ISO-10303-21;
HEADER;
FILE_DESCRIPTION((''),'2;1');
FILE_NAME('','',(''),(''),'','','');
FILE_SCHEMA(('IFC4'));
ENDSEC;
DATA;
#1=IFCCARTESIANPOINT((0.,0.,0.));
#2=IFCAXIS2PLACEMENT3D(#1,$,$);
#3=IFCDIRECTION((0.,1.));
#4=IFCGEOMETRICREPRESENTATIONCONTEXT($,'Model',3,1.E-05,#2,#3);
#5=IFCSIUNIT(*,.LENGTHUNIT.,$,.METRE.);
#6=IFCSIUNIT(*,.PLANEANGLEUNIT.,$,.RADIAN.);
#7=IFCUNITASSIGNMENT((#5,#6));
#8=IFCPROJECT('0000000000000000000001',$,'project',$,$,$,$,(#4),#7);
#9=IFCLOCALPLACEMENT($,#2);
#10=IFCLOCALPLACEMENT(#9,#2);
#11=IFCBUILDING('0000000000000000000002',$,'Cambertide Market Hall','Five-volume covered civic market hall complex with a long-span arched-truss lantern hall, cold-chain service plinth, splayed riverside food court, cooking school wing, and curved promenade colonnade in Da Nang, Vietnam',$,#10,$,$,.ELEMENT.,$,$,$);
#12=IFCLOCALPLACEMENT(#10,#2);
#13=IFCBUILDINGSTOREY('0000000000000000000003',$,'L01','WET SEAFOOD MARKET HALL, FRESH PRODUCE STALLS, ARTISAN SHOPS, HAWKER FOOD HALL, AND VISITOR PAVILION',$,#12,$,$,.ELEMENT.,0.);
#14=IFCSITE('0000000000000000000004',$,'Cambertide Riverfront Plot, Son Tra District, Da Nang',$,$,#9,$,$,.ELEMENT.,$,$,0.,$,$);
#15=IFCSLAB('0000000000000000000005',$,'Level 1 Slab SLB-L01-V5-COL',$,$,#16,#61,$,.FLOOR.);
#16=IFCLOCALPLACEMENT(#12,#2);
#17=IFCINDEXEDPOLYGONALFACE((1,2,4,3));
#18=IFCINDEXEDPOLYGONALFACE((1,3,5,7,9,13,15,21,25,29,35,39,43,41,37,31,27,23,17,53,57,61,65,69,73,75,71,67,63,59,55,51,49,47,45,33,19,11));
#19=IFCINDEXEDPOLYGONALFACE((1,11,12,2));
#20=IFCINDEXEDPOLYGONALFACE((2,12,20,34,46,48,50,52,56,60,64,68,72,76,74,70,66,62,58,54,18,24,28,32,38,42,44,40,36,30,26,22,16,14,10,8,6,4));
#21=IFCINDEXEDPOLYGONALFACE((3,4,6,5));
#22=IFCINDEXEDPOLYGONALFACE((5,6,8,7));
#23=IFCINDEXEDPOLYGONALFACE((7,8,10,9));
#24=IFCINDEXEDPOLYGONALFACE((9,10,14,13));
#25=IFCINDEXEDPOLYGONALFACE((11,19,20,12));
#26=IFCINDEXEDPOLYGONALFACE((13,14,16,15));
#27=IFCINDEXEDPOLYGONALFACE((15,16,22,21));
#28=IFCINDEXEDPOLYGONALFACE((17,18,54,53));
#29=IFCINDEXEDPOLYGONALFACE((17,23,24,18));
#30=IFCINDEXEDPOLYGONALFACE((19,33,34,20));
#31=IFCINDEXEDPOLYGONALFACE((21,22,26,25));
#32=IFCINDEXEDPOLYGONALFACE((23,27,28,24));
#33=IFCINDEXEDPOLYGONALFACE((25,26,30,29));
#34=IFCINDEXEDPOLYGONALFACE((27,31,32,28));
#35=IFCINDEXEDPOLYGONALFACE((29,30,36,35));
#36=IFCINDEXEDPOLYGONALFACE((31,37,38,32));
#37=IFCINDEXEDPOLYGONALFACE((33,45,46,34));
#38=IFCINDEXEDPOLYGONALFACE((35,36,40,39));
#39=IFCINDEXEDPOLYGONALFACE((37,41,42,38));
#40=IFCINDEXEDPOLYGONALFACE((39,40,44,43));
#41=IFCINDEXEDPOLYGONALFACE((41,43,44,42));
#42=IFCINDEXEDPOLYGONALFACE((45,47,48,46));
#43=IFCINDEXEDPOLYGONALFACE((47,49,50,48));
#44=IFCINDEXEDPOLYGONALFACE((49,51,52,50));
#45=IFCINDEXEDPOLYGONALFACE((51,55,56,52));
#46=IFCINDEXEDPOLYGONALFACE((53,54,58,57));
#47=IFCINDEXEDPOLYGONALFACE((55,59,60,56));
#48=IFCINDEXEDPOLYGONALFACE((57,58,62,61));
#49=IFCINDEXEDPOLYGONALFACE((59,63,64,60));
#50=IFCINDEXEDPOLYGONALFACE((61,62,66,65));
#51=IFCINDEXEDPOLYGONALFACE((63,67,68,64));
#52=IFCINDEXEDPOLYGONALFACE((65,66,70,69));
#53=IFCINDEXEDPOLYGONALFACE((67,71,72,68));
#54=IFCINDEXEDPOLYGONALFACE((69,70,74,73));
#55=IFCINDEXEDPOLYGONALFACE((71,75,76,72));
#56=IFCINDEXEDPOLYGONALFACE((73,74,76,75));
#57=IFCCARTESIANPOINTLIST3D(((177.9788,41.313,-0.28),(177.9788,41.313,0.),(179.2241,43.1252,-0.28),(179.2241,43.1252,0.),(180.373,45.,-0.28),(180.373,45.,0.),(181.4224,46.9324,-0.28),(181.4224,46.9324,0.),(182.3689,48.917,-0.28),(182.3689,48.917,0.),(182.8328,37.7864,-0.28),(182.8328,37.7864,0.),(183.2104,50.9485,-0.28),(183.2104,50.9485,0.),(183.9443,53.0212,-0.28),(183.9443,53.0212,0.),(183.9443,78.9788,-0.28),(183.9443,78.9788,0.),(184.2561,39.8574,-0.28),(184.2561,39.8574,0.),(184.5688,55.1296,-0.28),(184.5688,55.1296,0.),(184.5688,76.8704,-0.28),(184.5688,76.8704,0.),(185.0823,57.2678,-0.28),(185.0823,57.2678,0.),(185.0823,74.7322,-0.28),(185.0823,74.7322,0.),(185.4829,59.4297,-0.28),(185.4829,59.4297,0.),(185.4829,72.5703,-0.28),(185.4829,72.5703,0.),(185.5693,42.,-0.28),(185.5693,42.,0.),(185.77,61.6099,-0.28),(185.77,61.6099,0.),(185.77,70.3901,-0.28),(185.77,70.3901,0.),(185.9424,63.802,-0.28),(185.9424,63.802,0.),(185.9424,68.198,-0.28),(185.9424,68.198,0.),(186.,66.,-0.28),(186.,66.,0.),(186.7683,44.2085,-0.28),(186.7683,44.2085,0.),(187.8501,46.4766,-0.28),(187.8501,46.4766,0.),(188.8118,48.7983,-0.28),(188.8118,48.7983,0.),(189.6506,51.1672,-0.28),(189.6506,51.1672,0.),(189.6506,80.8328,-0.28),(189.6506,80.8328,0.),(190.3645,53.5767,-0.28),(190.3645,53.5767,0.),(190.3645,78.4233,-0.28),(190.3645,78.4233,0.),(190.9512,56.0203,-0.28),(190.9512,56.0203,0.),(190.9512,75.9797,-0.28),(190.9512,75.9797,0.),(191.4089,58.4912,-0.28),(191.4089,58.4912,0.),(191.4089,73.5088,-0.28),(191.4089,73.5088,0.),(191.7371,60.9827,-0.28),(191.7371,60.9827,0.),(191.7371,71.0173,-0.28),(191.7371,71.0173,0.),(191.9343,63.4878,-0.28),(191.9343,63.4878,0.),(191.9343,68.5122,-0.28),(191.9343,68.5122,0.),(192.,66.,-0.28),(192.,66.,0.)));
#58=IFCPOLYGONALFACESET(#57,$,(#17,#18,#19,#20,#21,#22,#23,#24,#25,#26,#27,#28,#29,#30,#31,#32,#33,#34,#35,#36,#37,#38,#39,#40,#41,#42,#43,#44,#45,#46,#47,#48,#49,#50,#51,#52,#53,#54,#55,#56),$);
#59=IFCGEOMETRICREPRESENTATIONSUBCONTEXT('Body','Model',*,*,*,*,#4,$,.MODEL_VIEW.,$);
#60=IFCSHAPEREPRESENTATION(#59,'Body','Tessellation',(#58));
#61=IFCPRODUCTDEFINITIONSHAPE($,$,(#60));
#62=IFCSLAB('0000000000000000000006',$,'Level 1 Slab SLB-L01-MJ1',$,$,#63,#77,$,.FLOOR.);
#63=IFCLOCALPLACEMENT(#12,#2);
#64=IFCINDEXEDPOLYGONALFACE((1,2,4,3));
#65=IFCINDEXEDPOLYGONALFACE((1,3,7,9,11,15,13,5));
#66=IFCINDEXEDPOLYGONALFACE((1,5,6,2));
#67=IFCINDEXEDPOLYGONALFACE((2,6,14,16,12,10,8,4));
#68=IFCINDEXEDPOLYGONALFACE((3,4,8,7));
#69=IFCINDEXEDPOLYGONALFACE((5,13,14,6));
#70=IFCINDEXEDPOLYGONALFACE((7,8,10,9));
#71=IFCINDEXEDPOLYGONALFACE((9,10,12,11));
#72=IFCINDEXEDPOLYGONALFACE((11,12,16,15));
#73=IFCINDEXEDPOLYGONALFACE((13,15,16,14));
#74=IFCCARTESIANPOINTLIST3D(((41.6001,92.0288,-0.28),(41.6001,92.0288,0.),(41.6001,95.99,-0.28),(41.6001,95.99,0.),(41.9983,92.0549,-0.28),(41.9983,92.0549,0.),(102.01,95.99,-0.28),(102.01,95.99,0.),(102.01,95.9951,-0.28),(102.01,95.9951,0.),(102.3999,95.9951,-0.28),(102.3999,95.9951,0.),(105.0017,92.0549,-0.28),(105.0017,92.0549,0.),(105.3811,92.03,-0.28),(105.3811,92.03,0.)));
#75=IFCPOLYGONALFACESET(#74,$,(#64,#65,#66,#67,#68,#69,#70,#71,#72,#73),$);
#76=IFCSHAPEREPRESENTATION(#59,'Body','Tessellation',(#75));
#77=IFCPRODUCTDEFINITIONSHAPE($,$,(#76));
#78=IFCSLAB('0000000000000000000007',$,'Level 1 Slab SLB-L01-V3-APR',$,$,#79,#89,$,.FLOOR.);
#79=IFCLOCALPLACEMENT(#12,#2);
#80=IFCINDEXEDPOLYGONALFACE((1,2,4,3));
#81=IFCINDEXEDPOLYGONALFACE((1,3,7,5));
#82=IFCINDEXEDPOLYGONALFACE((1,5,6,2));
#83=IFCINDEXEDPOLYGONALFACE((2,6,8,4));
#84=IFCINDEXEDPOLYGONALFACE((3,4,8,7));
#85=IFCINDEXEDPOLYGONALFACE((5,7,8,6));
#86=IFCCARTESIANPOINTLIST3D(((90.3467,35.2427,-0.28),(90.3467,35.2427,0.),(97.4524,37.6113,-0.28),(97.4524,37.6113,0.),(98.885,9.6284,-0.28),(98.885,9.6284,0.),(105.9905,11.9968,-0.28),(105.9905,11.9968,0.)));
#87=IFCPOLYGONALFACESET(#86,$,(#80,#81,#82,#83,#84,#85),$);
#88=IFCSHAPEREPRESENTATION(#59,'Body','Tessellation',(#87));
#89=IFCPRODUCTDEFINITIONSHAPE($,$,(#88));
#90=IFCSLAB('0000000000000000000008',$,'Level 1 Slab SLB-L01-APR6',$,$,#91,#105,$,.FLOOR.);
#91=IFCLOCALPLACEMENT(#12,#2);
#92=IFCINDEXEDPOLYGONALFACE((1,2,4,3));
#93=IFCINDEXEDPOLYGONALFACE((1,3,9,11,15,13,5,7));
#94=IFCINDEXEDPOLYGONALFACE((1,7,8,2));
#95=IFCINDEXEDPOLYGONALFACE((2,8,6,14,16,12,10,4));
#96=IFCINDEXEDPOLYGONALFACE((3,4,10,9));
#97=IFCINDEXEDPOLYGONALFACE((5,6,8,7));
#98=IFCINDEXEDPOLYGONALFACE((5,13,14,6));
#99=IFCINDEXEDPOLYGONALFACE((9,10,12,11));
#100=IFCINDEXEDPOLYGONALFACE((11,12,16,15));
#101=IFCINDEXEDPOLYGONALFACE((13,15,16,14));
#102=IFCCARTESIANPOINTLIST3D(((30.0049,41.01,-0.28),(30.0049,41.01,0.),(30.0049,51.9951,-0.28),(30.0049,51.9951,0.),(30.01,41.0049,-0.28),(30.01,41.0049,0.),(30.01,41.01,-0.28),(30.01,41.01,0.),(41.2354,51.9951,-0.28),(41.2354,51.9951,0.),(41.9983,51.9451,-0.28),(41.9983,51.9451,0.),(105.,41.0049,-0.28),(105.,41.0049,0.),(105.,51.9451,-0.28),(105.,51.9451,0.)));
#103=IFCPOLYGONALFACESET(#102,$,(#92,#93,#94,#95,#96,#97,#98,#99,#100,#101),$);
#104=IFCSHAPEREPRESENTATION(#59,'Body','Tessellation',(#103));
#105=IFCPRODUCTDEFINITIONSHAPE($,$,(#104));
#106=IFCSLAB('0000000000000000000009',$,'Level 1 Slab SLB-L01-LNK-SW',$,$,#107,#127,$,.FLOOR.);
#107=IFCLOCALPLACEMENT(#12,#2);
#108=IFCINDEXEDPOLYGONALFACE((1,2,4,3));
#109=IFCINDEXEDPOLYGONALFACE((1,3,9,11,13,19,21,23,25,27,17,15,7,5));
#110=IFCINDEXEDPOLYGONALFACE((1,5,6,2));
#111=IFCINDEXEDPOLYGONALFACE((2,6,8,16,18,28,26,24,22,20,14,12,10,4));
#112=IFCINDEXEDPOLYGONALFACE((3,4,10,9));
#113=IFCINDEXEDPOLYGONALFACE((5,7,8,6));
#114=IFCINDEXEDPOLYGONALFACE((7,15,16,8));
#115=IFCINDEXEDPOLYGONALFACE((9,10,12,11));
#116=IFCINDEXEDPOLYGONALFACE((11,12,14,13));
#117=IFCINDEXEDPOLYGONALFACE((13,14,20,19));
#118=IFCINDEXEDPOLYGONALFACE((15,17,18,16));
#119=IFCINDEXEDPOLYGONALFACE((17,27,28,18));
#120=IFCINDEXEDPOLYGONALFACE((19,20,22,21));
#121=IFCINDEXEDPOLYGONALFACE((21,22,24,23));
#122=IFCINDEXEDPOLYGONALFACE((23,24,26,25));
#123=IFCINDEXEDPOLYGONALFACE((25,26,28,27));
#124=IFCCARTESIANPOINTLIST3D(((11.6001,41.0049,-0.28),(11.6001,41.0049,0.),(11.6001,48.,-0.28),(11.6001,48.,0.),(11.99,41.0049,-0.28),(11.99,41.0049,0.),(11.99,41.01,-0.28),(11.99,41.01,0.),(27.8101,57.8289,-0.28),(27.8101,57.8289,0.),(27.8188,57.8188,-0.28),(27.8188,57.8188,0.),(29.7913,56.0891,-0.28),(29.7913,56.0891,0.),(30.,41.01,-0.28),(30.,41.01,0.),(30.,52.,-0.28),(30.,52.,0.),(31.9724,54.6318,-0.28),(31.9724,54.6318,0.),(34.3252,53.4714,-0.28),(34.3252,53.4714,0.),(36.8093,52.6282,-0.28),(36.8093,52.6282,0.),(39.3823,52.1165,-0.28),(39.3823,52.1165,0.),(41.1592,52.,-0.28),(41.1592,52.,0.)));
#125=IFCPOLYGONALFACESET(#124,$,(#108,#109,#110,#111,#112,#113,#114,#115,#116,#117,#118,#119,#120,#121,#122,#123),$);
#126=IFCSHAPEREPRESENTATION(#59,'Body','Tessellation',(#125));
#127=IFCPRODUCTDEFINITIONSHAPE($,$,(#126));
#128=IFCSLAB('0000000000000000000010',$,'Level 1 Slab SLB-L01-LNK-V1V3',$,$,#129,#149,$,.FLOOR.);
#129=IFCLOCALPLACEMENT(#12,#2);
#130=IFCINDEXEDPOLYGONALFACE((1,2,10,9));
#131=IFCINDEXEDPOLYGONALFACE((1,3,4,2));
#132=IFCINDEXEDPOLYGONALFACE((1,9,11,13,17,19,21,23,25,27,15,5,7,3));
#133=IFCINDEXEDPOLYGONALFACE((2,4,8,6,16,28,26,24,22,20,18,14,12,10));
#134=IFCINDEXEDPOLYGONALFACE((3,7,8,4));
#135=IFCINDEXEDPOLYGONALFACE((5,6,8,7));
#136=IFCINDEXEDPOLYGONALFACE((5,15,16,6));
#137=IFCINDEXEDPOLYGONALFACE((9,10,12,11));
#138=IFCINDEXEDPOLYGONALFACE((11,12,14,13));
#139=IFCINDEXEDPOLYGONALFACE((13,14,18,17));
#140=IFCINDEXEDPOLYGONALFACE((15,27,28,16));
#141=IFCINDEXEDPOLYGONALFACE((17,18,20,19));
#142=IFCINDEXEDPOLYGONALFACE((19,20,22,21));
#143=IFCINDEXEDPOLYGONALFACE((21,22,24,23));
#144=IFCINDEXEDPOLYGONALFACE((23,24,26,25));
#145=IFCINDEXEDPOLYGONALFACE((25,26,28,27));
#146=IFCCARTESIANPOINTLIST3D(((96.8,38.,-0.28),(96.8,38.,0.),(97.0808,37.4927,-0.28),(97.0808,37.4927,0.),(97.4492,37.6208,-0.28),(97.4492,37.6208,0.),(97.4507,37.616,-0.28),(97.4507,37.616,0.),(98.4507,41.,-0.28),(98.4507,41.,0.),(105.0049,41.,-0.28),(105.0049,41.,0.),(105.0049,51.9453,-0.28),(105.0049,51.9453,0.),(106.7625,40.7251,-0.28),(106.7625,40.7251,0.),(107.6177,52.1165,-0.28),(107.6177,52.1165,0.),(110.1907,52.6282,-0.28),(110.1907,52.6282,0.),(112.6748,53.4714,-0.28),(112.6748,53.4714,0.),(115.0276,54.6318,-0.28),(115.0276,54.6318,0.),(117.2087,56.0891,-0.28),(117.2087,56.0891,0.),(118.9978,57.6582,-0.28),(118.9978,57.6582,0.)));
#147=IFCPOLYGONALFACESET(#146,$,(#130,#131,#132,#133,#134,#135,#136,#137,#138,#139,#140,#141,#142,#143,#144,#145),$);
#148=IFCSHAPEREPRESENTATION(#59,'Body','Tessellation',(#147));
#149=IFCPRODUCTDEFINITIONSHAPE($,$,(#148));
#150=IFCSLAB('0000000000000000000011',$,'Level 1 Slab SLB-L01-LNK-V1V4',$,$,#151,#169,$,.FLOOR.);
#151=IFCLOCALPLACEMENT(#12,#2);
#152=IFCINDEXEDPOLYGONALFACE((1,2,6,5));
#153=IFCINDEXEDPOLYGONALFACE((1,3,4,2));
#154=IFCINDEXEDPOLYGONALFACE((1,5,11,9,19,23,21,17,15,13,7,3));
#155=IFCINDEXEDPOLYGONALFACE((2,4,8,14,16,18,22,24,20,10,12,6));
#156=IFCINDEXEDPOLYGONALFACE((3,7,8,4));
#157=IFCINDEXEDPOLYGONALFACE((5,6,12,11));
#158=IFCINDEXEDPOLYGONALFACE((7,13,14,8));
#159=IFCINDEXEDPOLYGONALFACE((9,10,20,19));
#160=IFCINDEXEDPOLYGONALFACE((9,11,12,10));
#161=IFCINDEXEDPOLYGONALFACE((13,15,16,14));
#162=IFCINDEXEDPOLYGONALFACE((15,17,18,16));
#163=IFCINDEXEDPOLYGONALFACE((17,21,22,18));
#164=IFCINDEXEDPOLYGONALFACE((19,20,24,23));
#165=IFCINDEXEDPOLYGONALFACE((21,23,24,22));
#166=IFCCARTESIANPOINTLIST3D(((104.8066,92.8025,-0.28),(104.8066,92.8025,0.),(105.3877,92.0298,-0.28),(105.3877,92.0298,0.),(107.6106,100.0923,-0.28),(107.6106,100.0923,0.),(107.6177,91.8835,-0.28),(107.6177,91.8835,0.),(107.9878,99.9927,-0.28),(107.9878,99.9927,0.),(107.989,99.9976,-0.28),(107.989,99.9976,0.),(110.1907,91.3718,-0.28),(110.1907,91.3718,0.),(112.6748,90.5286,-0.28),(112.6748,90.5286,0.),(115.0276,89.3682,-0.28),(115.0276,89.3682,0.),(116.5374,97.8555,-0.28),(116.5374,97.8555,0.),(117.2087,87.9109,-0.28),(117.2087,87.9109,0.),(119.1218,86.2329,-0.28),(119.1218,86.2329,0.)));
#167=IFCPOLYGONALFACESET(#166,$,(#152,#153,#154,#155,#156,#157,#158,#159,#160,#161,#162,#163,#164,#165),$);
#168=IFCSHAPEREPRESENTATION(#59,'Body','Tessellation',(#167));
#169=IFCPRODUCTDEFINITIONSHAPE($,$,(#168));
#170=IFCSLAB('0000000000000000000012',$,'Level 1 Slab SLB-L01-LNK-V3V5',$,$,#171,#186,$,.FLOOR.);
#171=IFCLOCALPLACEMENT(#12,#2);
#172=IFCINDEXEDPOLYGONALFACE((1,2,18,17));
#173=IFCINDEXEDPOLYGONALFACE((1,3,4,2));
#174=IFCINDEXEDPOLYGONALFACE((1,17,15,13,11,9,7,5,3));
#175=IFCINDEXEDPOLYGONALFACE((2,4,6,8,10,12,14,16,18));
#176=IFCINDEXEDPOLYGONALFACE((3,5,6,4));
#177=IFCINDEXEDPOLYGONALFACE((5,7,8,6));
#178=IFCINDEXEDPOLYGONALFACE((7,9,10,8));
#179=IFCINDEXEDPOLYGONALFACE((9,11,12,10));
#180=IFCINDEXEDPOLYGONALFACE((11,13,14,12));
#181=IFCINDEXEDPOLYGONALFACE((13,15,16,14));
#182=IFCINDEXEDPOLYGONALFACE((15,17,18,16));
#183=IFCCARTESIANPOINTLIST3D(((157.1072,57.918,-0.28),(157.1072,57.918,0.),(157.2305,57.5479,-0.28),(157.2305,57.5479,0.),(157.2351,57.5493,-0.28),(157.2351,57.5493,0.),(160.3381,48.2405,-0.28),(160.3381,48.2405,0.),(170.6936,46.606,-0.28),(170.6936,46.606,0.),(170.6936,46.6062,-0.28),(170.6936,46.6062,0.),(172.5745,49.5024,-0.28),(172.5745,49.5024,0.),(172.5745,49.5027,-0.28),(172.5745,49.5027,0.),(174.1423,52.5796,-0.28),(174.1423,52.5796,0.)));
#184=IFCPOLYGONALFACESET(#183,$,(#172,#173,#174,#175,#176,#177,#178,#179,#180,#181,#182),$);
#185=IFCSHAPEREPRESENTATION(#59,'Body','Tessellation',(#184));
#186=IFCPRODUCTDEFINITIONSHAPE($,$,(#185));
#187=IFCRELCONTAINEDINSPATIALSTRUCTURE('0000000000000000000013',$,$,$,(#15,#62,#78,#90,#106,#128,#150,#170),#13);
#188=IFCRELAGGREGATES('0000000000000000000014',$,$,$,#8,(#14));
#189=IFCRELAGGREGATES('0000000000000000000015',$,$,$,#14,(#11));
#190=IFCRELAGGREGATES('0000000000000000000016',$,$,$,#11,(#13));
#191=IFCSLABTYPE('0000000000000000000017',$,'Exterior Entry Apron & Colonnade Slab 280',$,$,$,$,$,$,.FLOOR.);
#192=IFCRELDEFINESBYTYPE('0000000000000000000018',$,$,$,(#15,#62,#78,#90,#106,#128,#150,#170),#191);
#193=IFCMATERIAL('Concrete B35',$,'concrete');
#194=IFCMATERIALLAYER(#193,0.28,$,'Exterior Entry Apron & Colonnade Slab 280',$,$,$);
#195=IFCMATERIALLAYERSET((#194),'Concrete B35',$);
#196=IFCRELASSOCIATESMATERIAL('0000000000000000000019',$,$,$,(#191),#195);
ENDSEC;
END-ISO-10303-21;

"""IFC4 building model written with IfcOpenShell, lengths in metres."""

from ifc_helpers import new_model, si_unit, direction, frame, origin, place, context, subcontext, project, spatial, polyline, outline, extrude, material, layer, layer_set, type_object, element, save


model = new_model("IFC4")

# Units and contexts
model_context = context("Model", 3, precision=1e-05, world=origin(), true_north=direction((0.0, 1.0)))
body_context = subcontext(model_context, "Body", "Model", "MODEL_VIEW")
ifc_project = project(units=[si_unit("LENGTHUNIT", "METRE"), si_unit("PLANEANGLEUNIT", "RADIAN")], contexts=[model_context])

# Site, building, storey
site_placement = place(None, origin())
site = spatial("IfcSite", under=ifc_project, at=site_placement, Name="Cambertide Riverfront Plot, Son Tra District, Da Nang", CompositionType="ELEMENT", RefElevation=0.0)
building_placement = place(site_placement, origin())
building = spatial("IfcBuilding", under=site, at=building_placement, Name="Cambertide Market Hall", Description="Five-volume covered civic market hall complex with a long-span arched-truss lantern hall, cold-chain service plinth, splayed riverside food court, cooking school wing, and curved promenade colonnade in Da Nang, Vietnam", CompositionType="ELEMENT")
storey_placement = place(building_placement, origin())
storey = spatial("IfcBuildingStorey", under=building, at=storey_placement, Name="L01", Description="WET SEAFOOD MARKET HALL, FRESH PRODUCE STALLS, ARTISAN SHOPS, HAWKER FOOD HALL, AND VISITOR PAVILION", CompositionType="ELEMENT", Elevation=0.0)

# Slabs
ifc_material_1 = material(Name="Concrete B35", Category="concrete")
ifc_layer_1 = layer(ifc_material_1, 0.28, Name="Exterior Entry Apron & Colonnade Slab 280")
ifc_layer_set_1 = layer_set([ifc_layer_1], Name="Concrete B35")
slab_type_1 = type_object("IfcSlabType", Name="Exterior Entry Apron & Colonnade Slab 280", PredefinedType="FLOOR", material=ifc_layer_set_1)
slab_1_placement = place(storey_placement, frame((0.0, 0.0, -0.28)))
element("IfcSlab", 1, at=slab_1_placement, inside=storey, type_object=slab_type_1, Name="Level 1 Slab SLB-L01-V5-COL", PredefinedType="FLOOR", context=body_context, shape_type="SweptSolid", body=[
    extrude(outline(polyline([(182.8328, 37.7864), (184.2561, 39.8574), (185.5693, 42.0), (186.7683, 44.2085), (187.8501, 46.4766), (188.8118, 48.7983), (189.6506, 51.1672), (190.3645, 53.5767), (190.9512, 56.0203), (191.4089, 58.4912), (191.7371, 60.9827), (191.9343, 63.4878), (192.0, 66.0), (191.9343, 68.5122), (191.7371, 71.0173), (191.4089, 73.5088), (190.9512, 75.9797), (190.3645, 78.4233), (189.6506, 80.8328), (183.9443, 78.9788), (184.5688, 76.8704), (185.0823, 74.7322), (185.4829, 72.5703), (185.77, 70.3901), (185.9424, 68.198), (186.0, 66.0), (185.9424, 63.802), (185.77, 61.6099), (185.4829, 59.4297), (185.0823, 57.2678), (184.5688, 55.1296), (183.9443, 53.0212), (183.2104, 50.9485), (182.3689, 48.917), (181.4224, 46.9324), (180.373, 45.0), (179.2241, 43.1252), (177.9788, 41.313), (182.8328, 37.7864)])), origin(), (0.0, 0.0, 1.0), 0.28),
])
slab_2_placement = place(storey_placement, frame((0.0, 0.0, -0.28)))
element("IfcSlab", 2, at=slab_2_placement, inside=storey, type_object=slab_type_1, Name="Level 1 Slab SLB-L01-MJ1", PredefinedType="FLOOR", context=body_context, shape_type="SweptSolid", body=[
    extrude(outline(polyline([(102.3999, 95.9951), (102.01, 95.9951), (102.01, 95.99), (41.6001, 95.99), (41.6001, 92.0288), (41.9983, 92.0549), (105.0017, 92.0549), (105.3811, 92.03), (102.3999, 95.9951)])), origin(), (0.0, 0.0, 1.0), 0.28),
])
slab_3_placement = place(storey_placement, frame((0.0, 0.0, -0.28)))
element("IfcSlab", 3, at=slab_3_placement, inside=storey, type_object=slab_type_1, Name="Level 1 Slab SLB-L01-V3-APR", PredefinedType="FLOOR", context=body_context, shape_type="SweptSolid", body=[
    extrude(outline(polyline([(98.885, 9.6284), (105.9905, 11.9968), (97.4524, 37.6113), (90.3467, 35.2427), (98.885, 9.6284)])), origin(), (0.0, 0.0, 1.0), 0.28),
])
slab_4_placement = place(storey_placement, frame((0.0, 0.0, -0.28)))
element("IfcSlab", 4, at=slab_4_placement, inside=storey, type_object=slab_type_1, Name="Level 1 Slab SLB-L01-APR6", PredefinedType="FLOOR", context=body_context, shape_type="SweptSolid", body=[
    extrude(outline(polyline([(105.0, 41.0049), (105.0, 51.9451), (41.9983, 51.9451), (41.2354, 51.9951), (30.0049, 51.9951), (30.0049, 41.01), (30.01, 41.01), (30.01, 41.0049), (105.0, 41.0049)])), origin(), (0.0, 0.0, 1.0), 0.28),
])
slab_5_placement = place(storey_placement, frame((0.0, 0.0, -0.28)))
element("IfcSlab", 5, at=slab_5_placement, inside=storey, type_object=slab_type_1, Name="Level 1 Slab SLB-L01-LNK-SW", PredefinedType="FLOOR", context=body_context, shape_type="SweptSolid", body=[
    extrude(outline(polyline([(11.6001, 41.0049), (11.99, 41.0049), (11.99, 41.01), (30.0, 41.01), (30.0, 52.0), (41.1592, 52.0), (39.3823, 52.1165), (36.8093, 52.6282), (34.3252, 53.4714), (31.9724, 54.6318), (29.7913, 56.0891), (27.8188, 57.8188), (27.8101, 57.8289), (11.6001, 48.0), (11.6001, 41.0049)])), origin(), (0.0, 0.0, 1.0), 0.28),
])
slab_6_placement = place(storey_placement, frame((0.0, 0.0, -0.28)))
element("IfcSlab", 6, at=slab_6_placement, inside=storey, type_object=slab_type_1, Name="Level 1 Slab SLB-L01-LNK-V1V3", PredefinedType="FLOOR", context=body_context, shape_type="SweptSolid", body=[
    extrude(outline(polyline([(97.4507, 37.616), (97.4492, 37.6208), (106.7625, 40.7251), (118.9978, 57.6582), (117.2087, 56.0891), (115.0276, 54.6318), (112.6748, 53.4714), (110.1907, 52.6282), (107.6177, 52.1165), (105.0049, 51.9453), (105.0049, 41.0), (98.4507, 41.0), (96.8, 38.0), (97.0808, 37.4927), (97.4507, 37.616)])), origin(), (0.0, 0.0, 1.0), 0.28),
])
slab_7_placement = place(storey_placement, frame((0.0, 0.0, -0.28)))
element("IfcSlab", 7, at=slab_7_placement, inside=storey, type_object=slab_type_1, Name="Level 1 Slab SLB-L01-LNK-V1V4", PredefinedType="FLOOR", context=body_context, shape_type="SweptSolid", body=[
    extrude(outline(polyline([(119.1218, 86.2329), (116.5374, 97.8555), (107.9878, 99.9927), (107.989, 99.9976), (107.6106, 100.0923), (104.8066, 92.8025), (105.3877, 92.0298), (107.6177, 91.8835), (110.1907, 91.3718), (112.6748, 90.5286), (115.0276, 89.3682), (117.2087, 87.9109), (119.1218, 86.2329)])), origin(), (0.0, 0.0, 1.0), 0.28),
])
slab_8_placement = place(storey_placement, frame((0.0, 0.0, -0.28)))
element("IfcSlab", 8, at=slab_8_placement, inside=storey, type_object=slab_type_1, Name="Level 1 Slab SLB-L01-LNK-V3V5", PredefinedType="FLOOR", context=body_context, shape_type="SweptSolid", body=[
    extrude(outline(polyline([(157.2305, 57.5479), (157.2351, 57.5493), (160.3381, 48.2405), (170.6936, 46.606), (170.6936, 46.6062), (172.5745, 49.5024), (172.5745, 49.5024), (172.5745, 49.5027), (174.1423, 52.5796), (174.1423, 52.5796), (157.1072, 57.918), (157.2305, 57.5479)])), origin(), (0.0, 0.0, 1.0), 0.28),
])

save(model, "model.ifc")
